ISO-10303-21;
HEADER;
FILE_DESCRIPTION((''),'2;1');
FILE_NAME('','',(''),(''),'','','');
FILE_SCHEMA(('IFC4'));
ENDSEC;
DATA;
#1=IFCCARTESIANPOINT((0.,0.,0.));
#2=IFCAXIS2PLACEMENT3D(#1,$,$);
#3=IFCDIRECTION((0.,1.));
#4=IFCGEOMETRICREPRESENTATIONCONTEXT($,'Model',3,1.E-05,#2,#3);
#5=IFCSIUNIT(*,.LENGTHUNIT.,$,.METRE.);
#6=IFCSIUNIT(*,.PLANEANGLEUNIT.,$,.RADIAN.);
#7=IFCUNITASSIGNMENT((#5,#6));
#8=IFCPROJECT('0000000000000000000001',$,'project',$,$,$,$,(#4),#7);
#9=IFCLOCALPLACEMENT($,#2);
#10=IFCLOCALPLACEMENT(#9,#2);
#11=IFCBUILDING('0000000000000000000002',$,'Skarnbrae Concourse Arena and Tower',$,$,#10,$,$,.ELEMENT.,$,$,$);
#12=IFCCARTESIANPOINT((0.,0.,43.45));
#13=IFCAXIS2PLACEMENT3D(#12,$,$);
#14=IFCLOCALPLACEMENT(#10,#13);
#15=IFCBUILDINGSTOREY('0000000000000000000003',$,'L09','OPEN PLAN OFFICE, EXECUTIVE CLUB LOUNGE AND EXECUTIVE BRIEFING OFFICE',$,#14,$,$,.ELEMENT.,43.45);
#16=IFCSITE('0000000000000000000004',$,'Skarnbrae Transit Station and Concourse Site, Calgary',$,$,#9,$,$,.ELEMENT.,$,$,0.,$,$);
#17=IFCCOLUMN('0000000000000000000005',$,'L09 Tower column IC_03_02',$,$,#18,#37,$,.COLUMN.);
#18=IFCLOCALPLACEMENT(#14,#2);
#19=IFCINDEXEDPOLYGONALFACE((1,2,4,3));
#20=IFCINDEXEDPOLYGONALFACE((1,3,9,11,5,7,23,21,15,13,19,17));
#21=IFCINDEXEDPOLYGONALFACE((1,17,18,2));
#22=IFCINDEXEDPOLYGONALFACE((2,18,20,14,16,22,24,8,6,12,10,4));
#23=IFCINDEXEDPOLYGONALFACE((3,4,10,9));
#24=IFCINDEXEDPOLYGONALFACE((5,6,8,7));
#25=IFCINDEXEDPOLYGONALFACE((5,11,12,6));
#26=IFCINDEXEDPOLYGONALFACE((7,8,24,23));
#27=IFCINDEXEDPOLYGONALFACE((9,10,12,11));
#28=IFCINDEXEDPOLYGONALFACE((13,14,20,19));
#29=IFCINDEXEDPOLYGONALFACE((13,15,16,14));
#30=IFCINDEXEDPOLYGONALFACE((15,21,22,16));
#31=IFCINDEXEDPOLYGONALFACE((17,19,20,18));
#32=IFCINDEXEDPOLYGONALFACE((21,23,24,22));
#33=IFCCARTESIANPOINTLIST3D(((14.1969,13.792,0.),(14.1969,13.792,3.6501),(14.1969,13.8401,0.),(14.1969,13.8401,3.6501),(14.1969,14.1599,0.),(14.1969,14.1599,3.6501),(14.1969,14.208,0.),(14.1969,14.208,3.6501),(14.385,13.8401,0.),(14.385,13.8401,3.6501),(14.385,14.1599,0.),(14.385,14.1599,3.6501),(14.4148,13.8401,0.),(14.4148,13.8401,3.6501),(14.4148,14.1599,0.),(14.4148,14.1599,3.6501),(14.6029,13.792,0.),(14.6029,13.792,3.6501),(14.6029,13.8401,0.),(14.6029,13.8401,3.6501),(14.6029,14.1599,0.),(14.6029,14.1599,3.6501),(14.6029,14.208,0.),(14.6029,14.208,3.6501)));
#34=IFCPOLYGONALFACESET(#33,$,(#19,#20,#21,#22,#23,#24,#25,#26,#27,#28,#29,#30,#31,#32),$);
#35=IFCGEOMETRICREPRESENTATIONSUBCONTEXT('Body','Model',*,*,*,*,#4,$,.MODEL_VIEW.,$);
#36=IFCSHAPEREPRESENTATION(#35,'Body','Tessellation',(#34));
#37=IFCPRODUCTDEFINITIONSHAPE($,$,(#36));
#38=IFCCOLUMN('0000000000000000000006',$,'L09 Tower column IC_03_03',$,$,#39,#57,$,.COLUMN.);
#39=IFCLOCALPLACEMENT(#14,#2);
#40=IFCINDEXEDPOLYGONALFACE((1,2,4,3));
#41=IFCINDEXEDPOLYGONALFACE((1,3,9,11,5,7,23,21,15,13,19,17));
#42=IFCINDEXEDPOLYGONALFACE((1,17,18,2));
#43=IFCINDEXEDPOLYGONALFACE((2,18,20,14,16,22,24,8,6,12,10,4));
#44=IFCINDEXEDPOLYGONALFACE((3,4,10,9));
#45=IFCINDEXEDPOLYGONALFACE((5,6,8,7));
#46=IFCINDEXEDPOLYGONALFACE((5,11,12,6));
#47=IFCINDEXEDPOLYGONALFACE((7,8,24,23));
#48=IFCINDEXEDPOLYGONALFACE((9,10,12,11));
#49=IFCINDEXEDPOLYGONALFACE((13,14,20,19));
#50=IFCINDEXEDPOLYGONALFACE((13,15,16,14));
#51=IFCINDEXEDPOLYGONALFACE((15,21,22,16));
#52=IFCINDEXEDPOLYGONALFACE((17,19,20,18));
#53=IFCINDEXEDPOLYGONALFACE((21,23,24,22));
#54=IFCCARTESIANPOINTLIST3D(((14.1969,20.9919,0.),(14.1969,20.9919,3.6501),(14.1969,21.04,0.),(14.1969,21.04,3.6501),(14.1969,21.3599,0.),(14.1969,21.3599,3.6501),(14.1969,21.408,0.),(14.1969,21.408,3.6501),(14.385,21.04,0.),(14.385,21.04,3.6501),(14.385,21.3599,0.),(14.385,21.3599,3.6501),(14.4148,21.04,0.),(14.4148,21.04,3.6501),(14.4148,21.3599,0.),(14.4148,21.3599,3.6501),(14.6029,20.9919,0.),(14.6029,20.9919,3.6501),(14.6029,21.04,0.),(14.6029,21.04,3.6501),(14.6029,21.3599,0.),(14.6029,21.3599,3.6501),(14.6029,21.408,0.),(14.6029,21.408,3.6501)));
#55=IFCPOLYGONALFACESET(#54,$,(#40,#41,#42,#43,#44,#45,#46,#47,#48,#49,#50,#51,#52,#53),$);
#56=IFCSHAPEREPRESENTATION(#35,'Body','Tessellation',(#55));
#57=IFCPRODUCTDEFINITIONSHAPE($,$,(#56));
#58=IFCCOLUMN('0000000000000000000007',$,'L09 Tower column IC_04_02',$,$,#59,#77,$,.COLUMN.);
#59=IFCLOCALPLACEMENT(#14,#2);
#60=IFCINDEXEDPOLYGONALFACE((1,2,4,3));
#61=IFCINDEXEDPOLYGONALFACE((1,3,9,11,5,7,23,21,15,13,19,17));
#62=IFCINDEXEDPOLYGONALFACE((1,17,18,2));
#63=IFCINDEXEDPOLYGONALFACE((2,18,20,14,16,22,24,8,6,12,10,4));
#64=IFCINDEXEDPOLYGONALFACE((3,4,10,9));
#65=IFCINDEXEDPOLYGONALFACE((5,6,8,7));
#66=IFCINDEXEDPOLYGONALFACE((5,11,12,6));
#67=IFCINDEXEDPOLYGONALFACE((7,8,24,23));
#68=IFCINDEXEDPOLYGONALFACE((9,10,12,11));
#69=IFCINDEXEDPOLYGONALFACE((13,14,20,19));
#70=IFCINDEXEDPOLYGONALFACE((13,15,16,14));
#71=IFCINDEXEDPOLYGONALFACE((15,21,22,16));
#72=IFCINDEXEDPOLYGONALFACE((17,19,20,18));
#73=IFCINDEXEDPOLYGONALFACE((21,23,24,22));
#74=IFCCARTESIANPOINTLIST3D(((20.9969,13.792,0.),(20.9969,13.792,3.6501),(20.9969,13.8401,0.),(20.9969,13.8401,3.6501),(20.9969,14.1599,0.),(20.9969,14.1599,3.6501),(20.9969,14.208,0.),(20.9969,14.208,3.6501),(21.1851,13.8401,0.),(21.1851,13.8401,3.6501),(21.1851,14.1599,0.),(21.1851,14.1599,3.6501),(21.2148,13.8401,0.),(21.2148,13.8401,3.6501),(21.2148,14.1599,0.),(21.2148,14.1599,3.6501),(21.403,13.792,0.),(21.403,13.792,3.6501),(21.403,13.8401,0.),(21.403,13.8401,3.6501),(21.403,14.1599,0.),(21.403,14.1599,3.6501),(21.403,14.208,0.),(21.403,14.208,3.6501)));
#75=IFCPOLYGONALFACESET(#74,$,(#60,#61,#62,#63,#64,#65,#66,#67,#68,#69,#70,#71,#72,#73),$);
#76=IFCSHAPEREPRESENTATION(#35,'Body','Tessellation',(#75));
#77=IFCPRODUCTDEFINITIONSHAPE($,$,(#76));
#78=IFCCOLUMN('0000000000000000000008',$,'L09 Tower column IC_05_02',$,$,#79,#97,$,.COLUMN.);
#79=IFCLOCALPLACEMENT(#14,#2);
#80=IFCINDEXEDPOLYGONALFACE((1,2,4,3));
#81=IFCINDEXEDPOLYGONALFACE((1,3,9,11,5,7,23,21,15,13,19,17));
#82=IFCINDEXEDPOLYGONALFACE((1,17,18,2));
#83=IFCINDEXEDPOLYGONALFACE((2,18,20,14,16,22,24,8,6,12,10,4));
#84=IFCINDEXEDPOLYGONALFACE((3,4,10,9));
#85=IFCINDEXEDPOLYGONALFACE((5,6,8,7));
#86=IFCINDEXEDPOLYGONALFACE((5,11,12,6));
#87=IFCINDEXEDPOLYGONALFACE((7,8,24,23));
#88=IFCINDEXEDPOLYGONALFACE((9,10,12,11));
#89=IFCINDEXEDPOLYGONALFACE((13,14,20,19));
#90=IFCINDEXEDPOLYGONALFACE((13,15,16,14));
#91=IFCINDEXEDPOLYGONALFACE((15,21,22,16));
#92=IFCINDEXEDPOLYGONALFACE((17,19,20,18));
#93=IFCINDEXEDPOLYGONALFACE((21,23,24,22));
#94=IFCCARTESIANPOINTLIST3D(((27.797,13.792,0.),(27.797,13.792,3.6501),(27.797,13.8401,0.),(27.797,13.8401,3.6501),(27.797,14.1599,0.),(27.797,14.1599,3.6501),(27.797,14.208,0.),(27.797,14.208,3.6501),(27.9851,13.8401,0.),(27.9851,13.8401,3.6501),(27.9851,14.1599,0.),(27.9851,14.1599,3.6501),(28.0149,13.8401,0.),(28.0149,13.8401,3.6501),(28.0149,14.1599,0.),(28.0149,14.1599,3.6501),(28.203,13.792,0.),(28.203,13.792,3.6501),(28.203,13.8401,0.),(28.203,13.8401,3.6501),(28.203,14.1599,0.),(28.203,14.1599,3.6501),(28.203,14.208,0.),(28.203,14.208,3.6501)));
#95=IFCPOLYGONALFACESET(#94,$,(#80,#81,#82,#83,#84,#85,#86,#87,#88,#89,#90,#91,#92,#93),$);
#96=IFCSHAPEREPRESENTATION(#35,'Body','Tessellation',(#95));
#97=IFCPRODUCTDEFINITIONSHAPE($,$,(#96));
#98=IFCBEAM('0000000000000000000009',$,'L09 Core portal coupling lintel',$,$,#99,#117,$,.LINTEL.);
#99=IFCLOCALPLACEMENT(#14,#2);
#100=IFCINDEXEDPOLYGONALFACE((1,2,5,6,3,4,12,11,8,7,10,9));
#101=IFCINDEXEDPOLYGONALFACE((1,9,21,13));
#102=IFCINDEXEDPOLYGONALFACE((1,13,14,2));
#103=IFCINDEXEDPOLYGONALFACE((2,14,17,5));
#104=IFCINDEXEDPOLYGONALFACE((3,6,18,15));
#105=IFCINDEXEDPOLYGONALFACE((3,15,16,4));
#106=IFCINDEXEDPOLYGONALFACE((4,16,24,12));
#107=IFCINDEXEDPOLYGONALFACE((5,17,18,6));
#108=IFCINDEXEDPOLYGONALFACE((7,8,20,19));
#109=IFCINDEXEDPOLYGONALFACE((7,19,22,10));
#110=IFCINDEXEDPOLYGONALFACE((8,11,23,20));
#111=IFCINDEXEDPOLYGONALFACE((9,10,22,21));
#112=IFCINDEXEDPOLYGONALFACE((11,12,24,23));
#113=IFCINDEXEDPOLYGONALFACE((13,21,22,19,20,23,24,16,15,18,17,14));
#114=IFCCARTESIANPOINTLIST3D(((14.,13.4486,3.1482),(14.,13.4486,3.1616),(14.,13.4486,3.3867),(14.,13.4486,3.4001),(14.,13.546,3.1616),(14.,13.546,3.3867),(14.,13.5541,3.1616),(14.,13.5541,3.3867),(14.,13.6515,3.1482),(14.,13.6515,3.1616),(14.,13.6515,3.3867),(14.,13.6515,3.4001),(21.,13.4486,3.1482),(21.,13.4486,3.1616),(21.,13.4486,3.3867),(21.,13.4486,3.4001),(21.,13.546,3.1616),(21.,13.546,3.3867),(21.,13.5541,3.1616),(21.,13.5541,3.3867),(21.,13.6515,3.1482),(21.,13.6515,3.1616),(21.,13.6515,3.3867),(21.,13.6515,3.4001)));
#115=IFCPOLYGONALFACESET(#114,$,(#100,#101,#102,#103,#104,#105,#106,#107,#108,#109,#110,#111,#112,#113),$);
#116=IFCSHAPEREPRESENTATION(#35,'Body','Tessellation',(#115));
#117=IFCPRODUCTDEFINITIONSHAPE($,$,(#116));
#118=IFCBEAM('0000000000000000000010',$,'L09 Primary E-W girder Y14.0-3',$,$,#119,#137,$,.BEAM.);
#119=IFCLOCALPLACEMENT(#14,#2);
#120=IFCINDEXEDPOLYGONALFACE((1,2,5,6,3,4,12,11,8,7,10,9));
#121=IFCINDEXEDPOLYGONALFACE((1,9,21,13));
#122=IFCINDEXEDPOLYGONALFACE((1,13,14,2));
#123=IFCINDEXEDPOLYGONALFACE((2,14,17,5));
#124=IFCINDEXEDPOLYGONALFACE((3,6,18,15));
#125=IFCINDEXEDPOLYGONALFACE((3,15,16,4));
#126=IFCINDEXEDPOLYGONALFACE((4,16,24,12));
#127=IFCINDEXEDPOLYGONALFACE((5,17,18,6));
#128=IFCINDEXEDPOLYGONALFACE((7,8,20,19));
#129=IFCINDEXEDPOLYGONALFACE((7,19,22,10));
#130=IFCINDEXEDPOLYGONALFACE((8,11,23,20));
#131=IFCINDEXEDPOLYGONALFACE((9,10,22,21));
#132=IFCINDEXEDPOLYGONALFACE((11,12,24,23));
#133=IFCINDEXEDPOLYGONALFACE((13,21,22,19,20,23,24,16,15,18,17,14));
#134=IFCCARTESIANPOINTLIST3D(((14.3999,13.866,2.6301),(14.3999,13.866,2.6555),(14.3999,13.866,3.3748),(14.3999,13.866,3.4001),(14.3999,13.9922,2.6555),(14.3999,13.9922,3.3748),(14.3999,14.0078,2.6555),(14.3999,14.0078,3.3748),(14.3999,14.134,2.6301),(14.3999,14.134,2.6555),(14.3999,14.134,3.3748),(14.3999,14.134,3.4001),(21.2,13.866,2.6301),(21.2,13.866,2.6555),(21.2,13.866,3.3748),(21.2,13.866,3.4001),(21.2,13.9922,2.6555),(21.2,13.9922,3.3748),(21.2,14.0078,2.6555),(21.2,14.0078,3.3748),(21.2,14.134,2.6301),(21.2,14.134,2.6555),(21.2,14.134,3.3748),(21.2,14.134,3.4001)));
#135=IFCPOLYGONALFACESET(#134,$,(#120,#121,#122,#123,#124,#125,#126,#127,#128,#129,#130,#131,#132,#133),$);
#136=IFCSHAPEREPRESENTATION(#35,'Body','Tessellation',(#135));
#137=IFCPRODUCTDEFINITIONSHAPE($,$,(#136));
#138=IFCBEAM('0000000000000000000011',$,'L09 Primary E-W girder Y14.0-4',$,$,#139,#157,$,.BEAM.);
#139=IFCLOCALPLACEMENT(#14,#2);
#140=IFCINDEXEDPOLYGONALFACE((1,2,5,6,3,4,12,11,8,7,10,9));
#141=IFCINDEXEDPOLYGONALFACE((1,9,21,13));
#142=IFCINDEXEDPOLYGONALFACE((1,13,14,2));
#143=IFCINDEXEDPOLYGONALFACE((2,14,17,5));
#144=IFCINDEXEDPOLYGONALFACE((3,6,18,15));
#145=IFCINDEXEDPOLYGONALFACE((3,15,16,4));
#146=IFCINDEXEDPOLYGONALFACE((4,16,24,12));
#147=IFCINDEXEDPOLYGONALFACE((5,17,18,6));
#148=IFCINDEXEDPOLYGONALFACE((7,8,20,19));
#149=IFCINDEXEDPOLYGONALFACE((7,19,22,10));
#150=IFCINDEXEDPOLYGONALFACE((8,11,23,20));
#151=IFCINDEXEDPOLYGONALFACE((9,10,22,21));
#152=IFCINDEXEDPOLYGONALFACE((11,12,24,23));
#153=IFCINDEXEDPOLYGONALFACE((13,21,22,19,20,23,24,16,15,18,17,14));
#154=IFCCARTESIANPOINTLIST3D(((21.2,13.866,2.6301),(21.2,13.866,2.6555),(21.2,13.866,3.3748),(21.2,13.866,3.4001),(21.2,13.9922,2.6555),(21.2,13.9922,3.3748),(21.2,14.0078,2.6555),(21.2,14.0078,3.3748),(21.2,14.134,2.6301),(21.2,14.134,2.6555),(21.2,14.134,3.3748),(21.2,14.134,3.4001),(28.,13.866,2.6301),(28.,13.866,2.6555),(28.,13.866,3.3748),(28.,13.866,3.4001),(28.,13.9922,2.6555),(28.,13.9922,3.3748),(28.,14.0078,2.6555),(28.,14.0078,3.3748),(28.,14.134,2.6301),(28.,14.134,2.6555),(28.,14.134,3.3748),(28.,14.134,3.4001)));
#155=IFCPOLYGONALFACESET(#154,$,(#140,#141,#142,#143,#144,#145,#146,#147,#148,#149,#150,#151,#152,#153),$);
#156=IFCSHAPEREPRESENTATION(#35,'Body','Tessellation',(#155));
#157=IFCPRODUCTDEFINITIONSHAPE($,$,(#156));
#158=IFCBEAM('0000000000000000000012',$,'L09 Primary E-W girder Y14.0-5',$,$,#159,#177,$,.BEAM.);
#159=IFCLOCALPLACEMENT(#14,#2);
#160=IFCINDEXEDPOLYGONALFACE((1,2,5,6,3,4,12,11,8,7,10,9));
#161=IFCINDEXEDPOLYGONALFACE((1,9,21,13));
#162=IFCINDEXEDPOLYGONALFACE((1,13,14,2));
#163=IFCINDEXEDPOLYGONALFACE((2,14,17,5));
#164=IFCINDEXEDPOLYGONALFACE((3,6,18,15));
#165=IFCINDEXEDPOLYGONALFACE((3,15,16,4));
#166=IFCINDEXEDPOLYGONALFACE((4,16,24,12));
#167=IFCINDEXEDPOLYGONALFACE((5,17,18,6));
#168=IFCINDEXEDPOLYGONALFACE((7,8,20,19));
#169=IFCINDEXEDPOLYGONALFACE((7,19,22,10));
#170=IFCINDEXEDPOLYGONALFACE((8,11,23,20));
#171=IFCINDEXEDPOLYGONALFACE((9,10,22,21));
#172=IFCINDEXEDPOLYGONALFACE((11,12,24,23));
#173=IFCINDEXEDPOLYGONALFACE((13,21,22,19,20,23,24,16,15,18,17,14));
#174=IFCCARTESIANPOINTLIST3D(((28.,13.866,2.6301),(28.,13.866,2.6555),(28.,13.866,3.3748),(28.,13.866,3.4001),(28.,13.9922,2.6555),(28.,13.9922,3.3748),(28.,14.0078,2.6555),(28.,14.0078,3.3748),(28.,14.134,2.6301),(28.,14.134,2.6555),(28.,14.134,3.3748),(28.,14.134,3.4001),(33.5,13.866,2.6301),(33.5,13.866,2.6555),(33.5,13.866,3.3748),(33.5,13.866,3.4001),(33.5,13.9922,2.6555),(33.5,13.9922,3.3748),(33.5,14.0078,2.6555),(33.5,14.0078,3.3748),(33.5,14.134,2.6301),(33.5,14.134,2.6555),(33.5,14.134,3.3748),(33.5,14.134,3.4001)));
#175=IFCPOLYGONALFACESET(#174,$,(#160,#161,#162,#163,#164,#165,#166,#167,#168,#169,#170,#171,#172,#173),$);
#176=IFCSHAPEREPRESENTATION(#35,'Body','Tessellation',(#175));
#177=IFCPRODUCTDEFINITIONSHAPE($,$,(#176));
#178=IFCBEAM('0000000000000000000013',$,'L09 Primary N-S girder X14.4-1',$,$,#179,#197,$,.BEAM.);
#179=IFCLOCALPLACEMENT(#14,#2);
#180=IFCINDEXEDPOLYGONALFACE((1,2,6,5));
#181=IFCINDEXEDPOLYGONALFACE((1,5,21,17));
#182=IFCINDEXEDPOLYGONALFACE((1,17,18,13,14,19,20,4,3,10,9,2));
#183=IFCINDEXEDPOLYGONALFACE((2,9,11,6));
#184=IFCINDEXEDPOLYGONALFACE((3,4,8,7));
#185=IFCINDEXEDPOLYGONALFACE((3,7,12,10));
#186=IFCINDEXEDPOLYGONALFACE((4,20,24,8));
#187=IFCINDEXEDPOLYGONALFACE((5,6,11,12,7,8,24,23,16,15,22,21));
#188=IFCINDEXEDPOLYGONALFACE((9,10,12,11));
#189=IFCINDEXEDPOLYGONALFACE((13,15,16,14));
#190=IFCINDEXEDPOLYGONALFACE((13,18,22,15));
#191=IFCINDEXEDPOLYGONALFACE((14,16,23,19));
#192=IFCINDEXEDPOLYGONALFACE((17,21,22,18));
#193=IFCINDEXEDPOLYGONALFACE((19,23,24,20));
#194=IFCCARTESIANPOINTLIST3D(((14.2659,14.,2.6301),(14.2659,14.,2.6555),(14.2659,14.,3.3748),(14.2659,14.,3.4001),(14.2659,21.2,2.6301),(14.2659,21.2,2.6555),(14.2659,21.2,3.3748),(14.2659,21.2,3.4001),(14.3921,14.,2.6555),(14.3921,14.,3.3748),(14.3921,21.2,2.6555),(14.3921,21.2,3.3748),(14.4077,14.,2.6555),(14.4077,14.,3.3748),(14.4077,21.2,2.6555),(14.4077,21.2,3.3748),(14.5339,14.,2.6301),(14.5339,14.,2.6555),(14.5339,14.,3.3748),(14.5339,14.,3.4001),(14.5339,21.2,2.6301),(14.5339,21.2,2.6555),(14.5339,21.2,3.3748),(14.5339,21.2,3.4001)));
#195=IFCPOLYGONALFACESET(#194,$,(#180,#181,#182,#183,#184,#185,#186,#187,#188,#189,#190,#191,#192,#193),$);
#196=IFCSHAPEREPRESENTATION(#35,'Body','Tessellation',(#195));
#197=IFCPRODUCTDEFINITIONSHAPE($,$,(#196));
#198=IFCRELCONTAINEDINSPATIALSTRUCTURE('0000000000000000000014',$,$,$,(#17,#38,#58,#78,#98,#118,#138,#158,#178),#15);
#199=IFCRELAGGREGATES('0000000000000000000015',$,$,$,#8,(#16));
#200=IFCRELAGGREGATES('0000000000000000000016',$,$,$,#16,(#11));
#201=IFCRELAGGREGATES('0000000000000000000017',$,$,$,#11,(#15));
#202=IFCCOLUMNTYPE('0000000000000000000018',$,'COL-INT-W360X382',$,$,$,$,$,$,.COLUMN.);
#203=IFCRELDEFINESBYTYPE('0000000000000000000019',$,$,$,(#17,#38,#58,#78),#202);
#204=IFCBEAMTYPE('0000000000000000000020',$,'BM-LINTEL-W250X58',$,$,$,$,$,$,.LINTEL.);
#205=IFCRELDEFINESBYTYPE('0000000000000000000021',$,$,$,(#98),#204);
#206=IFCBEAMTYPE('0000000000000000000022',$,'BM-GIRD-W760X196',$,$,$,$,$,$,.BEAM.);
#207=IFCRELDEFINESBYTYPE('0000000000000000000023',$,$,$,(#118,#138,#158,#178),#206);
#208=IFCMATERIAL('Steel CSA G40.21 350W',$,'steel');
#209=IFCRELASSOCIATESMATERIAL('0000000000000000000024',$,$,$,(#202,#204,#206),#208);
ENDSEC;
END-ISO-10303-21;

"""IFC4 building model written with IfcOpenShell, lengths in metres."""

from ifc_helpers import new_model, si_unit, direction, frame, origin, origin_2d, place, context, subcontext, project, spatial, i_section, extrude, source, transform, mapped, material, material_profile, profile_set, type_object, element, save


model = new_model("IFC4")

# Units and contexts
model_context = context("Model", 3, precision=1e-05, world=origin(), true_north=direction((0.0, 1.0)))
body_context = subcontext(model_context, "Body", "Model", "MODEL_VIEW")
ifc_project = project(units=[si_unit("LENGTHUNIT", "METRE"), si_unit("PLANEANGLEUNIT", "RADIAN")], contexts=[model_context])

# Site, building, storey
site_placement = place(None, origin())
site = spatial("IfcSite", under=ifc_project, at=site_placement, Name="Skarnbrae Transit Station and Concourse Site, Calgary", CompositionType="ELEMENT", RefElevation=0.0)
building_placement = place(site_placement, origin())
building = spatial("IfcBuilding", under=site, at=building_placement, Name="Skarnbrae Concourse Arena and Tower", CompositionType="ELEMENT")
storey_placement = place(building_placement, frame((0.0, 0.0, 43.45)))
storey = spatial("IfcBuildingStorey", under=building, at=storey_placement, Name="L09", Description="OPEN PLAN OFFICE, EXECUTIVE CLUB LOUNGE AND EXECUTIVE BRIEFING OFFICE", CompositionType="ELEMENT", Elevation=43.45)

# Columns
ifc_material_1 = material(Name="Steel CSA G40.21 350W", Category="steel")
ifc_material_profile_1 = material_profile(ifc_material_1, i_section(OverallWidth=0.406, OverallDepth=0.416, WebThickness=0.0298, FlangeThickness=0.0481, at=origin_2d()), Name="W360X382")
ifc_profile_set_1 = profile_set([ifc_material_profile_1], Name="Steel CSA G40.21 350W")
column_type = type_object("IfcColumnType", Name="COL-INT-W360X382", PredefinedType="COLUMN", material=ifc_profile_set_1)
shared_shape_1 = source(origin(), body_context, "Body", "SweptSolid", [
    extrude(i_section(OverallWidth=0.406, OverallDepth=0.416, WebThickness=0.0298, FlangeThickness=0.0481, at=origin_2d()), origin(), (0.0, 0.0, 1.0), 3.6501),
])
for number, where, z_axis, x_axis, name in (
    (1, (14.3999, 14.0, 0.0), (0.0, 0.0, 1.0), (1.0, 0.0, 0.0), "L09 Tower column IC_03_02"),
    (2, (14.3999, 21.2, 0.0), (0.0, 0.0, 1.0), (1.0, 0.0, 0.0), "L09 Tower column IC_03_03"),
    (3, (21.2, 14.0, 0.0), (0.0, 0.0, 1.0), (1.0, 0.0, 0.0), "L09 Tower column IC_04_02"),
    (4, (28.0, 14.0, 0.0), (0.0, 0.0, 1.0), (1.0, 0.0, 0.0), "L09 Tower column IC_05_02"),
):
    element("IfcColumn", number, at=place(storey_placement, frame(where, z_axis=z_axis, x_axis=x_axis)), inside=storey, type_object=column_type, Name=name, PredefinedType="COLUMN", context=body_context, shape_type="MappedRepresentation", body=[
        mapped(shared_shape_1, transform((0.0, 0.0, 0.0))),
    ])

# Beams
ifc_material_profile_2 = material_profile(ifc_material_1, i_section(OverallWidth=0.2029, OverallDepth=0.252, WebThickness=0.0081, FlangeThickness=0.0134, at=origin_2d()), Name="W250X58")
ifc_profile_set_2 = profile_set([ifc_material_profile_2], Name="Steel CSA G40.21 350W")
beam_type_1 = type_object("IfcBeamType", Name="BM-LINTEL-W250X58", PredefinedType="LINTEL", material=ifc_profile_set_2)
shared_shape_2 = source(origin(), body_context, "Body", "SweptSolid", [
    extrude(i_section(OverallWidth=0.2029, OverallDepth=0.252, WebThickness=0.0081, FlangeThickness=0.0134, at=origin_2d()), origin(), (0.0, 0.0, 1.0), 7.0),
])
beam_1_placement = place(storey_placement, frame((14.0, 13.55, 3.2742), z_axis=(1.0, 0.0, 0.0), x_axis=(0.0, 1.0, 0.0)))
element("IfcBeam", 5, at=beam_1_placement, inside=storey, type_object=beam_type_1, Name="L09 Core portal coupling lintel", PredefinedType="LINTEL", context=body_context, shape_type="MappedRepresentation", body=[
    mapped(shared_shape_2, transform((0.0, 0.0, 0.0))),
])
ifc_material_profile_3 = material_profile(ifc_material_1, i_section(OverallWidth=0.2681, OverallDepth=0.77, WebThickness=0.0156, FlangeThickness=0.0254, at=origin_2d()), Name="W760X196")
ifc_profile_set_3 = profile_set([ifc_material_profile_3], Name="Steel CSA G40.21 350W")
beam_type_2 = type_object("IfcBeamType", Name="BM-GIRD-W760X196", PredefinedType="BEAM", material=ifc_profile_set_3)
shared_shape_3 = source(origin(), body_context, "Body", "SweptSolid", [
    extrude(i_section(OverallWidth=0.2681, OverallDepth=0.77, WebThickness=0.0156, FlangeThickness=0.0254, at=origin_2d()), origin(), (0.0, 0.0, 1.0), 6.8),
])
for number, where, z_axis, x_axis, name in (
    (6, (14.3999, 14.0, 3.0151), (1.0, 0.0, 0.0), (0.0, 1.0, 0.0), "L09 Primary E-W girder Y14.0-3"),
    (7, (21.2, 14.0, 3.0151), (1.0, 0.0, 0.0), (0.0, 1.0, 0.0), "L09 Primary E-W girder Y14.0-4"),
):
    element("IfcBeam", number, at=place(storey_placement, frame(where, z_axis=z_axis, x_axis=x_axis)), inside=storey, type_object=beam_type_2, Name=name, PredefinedType="BEAM", context=body_context, shape_type="MappedRepresentation", body=[
        mapped(shared_shape_3, transform((0.0, 0.0, 0.0))),
    ])
shared_shape_4 = source(origin(), body_context, "Body", "SweptSolid", [
    extrude(i_section(OverallWidth=0.2681, OverallDepth=0.77, WebThickness=0.0156, FlangeThickness=0.0254, at=origin_2d()), origin(), (0.0, 0.0, 1.0), 5.5),
])
beam_2_placement = place(storey_placement, frame((28.0, 14.0, 3.0151), z_axis=(1.0, 0.0, 0.0), x_axis=(0.0, 1.0, 0.0)))
element("IfcBeam", 8, at=beam_2_placement, inside=storey, type_object=beam_type_2, Name="L09 Primary E-W girder Y14.0-5", PredefinedType="BEAM", context=body_context, shape_type="MappedRepresentation", body=[
    mapped(shared_shape_4, transform((0.0, 0.0, 0.0))),
])
shared_shape_5 = source(origin(), body_context, "Body", "SweptSolid", [
    extrude(i_section(OverallWidth=0.2681, OverallDepth=0.77, WebThickness=0.0156, FlangeThickness=0.0254, at=origin_2d()), origin(), (0.0, 0.0, 1.0), 7.2),
])
for number, where, z_axis, x_axis, name in (
    (9, (14.3999, 14.0, 3.0151), (0.0, 1.0, 0.0), (-1.0, 0.0, 0.0), "L09 Primary N-S girder X14.4-1"),
):
    element("IfcBeam", number, at=place(storey_placement, frame(where, z_axis=z_axis, x_axis=x_axis)), inside=storey, type_object=beam_type_2, Name=name, PredefinedType="BEAM", context=body_context, shape_type="MappedRepresentation", body=[
        mapped(shared_shape_5, transform((0.0, 0.0, 0.0))),
    ])

save(model, "model.ifc")
